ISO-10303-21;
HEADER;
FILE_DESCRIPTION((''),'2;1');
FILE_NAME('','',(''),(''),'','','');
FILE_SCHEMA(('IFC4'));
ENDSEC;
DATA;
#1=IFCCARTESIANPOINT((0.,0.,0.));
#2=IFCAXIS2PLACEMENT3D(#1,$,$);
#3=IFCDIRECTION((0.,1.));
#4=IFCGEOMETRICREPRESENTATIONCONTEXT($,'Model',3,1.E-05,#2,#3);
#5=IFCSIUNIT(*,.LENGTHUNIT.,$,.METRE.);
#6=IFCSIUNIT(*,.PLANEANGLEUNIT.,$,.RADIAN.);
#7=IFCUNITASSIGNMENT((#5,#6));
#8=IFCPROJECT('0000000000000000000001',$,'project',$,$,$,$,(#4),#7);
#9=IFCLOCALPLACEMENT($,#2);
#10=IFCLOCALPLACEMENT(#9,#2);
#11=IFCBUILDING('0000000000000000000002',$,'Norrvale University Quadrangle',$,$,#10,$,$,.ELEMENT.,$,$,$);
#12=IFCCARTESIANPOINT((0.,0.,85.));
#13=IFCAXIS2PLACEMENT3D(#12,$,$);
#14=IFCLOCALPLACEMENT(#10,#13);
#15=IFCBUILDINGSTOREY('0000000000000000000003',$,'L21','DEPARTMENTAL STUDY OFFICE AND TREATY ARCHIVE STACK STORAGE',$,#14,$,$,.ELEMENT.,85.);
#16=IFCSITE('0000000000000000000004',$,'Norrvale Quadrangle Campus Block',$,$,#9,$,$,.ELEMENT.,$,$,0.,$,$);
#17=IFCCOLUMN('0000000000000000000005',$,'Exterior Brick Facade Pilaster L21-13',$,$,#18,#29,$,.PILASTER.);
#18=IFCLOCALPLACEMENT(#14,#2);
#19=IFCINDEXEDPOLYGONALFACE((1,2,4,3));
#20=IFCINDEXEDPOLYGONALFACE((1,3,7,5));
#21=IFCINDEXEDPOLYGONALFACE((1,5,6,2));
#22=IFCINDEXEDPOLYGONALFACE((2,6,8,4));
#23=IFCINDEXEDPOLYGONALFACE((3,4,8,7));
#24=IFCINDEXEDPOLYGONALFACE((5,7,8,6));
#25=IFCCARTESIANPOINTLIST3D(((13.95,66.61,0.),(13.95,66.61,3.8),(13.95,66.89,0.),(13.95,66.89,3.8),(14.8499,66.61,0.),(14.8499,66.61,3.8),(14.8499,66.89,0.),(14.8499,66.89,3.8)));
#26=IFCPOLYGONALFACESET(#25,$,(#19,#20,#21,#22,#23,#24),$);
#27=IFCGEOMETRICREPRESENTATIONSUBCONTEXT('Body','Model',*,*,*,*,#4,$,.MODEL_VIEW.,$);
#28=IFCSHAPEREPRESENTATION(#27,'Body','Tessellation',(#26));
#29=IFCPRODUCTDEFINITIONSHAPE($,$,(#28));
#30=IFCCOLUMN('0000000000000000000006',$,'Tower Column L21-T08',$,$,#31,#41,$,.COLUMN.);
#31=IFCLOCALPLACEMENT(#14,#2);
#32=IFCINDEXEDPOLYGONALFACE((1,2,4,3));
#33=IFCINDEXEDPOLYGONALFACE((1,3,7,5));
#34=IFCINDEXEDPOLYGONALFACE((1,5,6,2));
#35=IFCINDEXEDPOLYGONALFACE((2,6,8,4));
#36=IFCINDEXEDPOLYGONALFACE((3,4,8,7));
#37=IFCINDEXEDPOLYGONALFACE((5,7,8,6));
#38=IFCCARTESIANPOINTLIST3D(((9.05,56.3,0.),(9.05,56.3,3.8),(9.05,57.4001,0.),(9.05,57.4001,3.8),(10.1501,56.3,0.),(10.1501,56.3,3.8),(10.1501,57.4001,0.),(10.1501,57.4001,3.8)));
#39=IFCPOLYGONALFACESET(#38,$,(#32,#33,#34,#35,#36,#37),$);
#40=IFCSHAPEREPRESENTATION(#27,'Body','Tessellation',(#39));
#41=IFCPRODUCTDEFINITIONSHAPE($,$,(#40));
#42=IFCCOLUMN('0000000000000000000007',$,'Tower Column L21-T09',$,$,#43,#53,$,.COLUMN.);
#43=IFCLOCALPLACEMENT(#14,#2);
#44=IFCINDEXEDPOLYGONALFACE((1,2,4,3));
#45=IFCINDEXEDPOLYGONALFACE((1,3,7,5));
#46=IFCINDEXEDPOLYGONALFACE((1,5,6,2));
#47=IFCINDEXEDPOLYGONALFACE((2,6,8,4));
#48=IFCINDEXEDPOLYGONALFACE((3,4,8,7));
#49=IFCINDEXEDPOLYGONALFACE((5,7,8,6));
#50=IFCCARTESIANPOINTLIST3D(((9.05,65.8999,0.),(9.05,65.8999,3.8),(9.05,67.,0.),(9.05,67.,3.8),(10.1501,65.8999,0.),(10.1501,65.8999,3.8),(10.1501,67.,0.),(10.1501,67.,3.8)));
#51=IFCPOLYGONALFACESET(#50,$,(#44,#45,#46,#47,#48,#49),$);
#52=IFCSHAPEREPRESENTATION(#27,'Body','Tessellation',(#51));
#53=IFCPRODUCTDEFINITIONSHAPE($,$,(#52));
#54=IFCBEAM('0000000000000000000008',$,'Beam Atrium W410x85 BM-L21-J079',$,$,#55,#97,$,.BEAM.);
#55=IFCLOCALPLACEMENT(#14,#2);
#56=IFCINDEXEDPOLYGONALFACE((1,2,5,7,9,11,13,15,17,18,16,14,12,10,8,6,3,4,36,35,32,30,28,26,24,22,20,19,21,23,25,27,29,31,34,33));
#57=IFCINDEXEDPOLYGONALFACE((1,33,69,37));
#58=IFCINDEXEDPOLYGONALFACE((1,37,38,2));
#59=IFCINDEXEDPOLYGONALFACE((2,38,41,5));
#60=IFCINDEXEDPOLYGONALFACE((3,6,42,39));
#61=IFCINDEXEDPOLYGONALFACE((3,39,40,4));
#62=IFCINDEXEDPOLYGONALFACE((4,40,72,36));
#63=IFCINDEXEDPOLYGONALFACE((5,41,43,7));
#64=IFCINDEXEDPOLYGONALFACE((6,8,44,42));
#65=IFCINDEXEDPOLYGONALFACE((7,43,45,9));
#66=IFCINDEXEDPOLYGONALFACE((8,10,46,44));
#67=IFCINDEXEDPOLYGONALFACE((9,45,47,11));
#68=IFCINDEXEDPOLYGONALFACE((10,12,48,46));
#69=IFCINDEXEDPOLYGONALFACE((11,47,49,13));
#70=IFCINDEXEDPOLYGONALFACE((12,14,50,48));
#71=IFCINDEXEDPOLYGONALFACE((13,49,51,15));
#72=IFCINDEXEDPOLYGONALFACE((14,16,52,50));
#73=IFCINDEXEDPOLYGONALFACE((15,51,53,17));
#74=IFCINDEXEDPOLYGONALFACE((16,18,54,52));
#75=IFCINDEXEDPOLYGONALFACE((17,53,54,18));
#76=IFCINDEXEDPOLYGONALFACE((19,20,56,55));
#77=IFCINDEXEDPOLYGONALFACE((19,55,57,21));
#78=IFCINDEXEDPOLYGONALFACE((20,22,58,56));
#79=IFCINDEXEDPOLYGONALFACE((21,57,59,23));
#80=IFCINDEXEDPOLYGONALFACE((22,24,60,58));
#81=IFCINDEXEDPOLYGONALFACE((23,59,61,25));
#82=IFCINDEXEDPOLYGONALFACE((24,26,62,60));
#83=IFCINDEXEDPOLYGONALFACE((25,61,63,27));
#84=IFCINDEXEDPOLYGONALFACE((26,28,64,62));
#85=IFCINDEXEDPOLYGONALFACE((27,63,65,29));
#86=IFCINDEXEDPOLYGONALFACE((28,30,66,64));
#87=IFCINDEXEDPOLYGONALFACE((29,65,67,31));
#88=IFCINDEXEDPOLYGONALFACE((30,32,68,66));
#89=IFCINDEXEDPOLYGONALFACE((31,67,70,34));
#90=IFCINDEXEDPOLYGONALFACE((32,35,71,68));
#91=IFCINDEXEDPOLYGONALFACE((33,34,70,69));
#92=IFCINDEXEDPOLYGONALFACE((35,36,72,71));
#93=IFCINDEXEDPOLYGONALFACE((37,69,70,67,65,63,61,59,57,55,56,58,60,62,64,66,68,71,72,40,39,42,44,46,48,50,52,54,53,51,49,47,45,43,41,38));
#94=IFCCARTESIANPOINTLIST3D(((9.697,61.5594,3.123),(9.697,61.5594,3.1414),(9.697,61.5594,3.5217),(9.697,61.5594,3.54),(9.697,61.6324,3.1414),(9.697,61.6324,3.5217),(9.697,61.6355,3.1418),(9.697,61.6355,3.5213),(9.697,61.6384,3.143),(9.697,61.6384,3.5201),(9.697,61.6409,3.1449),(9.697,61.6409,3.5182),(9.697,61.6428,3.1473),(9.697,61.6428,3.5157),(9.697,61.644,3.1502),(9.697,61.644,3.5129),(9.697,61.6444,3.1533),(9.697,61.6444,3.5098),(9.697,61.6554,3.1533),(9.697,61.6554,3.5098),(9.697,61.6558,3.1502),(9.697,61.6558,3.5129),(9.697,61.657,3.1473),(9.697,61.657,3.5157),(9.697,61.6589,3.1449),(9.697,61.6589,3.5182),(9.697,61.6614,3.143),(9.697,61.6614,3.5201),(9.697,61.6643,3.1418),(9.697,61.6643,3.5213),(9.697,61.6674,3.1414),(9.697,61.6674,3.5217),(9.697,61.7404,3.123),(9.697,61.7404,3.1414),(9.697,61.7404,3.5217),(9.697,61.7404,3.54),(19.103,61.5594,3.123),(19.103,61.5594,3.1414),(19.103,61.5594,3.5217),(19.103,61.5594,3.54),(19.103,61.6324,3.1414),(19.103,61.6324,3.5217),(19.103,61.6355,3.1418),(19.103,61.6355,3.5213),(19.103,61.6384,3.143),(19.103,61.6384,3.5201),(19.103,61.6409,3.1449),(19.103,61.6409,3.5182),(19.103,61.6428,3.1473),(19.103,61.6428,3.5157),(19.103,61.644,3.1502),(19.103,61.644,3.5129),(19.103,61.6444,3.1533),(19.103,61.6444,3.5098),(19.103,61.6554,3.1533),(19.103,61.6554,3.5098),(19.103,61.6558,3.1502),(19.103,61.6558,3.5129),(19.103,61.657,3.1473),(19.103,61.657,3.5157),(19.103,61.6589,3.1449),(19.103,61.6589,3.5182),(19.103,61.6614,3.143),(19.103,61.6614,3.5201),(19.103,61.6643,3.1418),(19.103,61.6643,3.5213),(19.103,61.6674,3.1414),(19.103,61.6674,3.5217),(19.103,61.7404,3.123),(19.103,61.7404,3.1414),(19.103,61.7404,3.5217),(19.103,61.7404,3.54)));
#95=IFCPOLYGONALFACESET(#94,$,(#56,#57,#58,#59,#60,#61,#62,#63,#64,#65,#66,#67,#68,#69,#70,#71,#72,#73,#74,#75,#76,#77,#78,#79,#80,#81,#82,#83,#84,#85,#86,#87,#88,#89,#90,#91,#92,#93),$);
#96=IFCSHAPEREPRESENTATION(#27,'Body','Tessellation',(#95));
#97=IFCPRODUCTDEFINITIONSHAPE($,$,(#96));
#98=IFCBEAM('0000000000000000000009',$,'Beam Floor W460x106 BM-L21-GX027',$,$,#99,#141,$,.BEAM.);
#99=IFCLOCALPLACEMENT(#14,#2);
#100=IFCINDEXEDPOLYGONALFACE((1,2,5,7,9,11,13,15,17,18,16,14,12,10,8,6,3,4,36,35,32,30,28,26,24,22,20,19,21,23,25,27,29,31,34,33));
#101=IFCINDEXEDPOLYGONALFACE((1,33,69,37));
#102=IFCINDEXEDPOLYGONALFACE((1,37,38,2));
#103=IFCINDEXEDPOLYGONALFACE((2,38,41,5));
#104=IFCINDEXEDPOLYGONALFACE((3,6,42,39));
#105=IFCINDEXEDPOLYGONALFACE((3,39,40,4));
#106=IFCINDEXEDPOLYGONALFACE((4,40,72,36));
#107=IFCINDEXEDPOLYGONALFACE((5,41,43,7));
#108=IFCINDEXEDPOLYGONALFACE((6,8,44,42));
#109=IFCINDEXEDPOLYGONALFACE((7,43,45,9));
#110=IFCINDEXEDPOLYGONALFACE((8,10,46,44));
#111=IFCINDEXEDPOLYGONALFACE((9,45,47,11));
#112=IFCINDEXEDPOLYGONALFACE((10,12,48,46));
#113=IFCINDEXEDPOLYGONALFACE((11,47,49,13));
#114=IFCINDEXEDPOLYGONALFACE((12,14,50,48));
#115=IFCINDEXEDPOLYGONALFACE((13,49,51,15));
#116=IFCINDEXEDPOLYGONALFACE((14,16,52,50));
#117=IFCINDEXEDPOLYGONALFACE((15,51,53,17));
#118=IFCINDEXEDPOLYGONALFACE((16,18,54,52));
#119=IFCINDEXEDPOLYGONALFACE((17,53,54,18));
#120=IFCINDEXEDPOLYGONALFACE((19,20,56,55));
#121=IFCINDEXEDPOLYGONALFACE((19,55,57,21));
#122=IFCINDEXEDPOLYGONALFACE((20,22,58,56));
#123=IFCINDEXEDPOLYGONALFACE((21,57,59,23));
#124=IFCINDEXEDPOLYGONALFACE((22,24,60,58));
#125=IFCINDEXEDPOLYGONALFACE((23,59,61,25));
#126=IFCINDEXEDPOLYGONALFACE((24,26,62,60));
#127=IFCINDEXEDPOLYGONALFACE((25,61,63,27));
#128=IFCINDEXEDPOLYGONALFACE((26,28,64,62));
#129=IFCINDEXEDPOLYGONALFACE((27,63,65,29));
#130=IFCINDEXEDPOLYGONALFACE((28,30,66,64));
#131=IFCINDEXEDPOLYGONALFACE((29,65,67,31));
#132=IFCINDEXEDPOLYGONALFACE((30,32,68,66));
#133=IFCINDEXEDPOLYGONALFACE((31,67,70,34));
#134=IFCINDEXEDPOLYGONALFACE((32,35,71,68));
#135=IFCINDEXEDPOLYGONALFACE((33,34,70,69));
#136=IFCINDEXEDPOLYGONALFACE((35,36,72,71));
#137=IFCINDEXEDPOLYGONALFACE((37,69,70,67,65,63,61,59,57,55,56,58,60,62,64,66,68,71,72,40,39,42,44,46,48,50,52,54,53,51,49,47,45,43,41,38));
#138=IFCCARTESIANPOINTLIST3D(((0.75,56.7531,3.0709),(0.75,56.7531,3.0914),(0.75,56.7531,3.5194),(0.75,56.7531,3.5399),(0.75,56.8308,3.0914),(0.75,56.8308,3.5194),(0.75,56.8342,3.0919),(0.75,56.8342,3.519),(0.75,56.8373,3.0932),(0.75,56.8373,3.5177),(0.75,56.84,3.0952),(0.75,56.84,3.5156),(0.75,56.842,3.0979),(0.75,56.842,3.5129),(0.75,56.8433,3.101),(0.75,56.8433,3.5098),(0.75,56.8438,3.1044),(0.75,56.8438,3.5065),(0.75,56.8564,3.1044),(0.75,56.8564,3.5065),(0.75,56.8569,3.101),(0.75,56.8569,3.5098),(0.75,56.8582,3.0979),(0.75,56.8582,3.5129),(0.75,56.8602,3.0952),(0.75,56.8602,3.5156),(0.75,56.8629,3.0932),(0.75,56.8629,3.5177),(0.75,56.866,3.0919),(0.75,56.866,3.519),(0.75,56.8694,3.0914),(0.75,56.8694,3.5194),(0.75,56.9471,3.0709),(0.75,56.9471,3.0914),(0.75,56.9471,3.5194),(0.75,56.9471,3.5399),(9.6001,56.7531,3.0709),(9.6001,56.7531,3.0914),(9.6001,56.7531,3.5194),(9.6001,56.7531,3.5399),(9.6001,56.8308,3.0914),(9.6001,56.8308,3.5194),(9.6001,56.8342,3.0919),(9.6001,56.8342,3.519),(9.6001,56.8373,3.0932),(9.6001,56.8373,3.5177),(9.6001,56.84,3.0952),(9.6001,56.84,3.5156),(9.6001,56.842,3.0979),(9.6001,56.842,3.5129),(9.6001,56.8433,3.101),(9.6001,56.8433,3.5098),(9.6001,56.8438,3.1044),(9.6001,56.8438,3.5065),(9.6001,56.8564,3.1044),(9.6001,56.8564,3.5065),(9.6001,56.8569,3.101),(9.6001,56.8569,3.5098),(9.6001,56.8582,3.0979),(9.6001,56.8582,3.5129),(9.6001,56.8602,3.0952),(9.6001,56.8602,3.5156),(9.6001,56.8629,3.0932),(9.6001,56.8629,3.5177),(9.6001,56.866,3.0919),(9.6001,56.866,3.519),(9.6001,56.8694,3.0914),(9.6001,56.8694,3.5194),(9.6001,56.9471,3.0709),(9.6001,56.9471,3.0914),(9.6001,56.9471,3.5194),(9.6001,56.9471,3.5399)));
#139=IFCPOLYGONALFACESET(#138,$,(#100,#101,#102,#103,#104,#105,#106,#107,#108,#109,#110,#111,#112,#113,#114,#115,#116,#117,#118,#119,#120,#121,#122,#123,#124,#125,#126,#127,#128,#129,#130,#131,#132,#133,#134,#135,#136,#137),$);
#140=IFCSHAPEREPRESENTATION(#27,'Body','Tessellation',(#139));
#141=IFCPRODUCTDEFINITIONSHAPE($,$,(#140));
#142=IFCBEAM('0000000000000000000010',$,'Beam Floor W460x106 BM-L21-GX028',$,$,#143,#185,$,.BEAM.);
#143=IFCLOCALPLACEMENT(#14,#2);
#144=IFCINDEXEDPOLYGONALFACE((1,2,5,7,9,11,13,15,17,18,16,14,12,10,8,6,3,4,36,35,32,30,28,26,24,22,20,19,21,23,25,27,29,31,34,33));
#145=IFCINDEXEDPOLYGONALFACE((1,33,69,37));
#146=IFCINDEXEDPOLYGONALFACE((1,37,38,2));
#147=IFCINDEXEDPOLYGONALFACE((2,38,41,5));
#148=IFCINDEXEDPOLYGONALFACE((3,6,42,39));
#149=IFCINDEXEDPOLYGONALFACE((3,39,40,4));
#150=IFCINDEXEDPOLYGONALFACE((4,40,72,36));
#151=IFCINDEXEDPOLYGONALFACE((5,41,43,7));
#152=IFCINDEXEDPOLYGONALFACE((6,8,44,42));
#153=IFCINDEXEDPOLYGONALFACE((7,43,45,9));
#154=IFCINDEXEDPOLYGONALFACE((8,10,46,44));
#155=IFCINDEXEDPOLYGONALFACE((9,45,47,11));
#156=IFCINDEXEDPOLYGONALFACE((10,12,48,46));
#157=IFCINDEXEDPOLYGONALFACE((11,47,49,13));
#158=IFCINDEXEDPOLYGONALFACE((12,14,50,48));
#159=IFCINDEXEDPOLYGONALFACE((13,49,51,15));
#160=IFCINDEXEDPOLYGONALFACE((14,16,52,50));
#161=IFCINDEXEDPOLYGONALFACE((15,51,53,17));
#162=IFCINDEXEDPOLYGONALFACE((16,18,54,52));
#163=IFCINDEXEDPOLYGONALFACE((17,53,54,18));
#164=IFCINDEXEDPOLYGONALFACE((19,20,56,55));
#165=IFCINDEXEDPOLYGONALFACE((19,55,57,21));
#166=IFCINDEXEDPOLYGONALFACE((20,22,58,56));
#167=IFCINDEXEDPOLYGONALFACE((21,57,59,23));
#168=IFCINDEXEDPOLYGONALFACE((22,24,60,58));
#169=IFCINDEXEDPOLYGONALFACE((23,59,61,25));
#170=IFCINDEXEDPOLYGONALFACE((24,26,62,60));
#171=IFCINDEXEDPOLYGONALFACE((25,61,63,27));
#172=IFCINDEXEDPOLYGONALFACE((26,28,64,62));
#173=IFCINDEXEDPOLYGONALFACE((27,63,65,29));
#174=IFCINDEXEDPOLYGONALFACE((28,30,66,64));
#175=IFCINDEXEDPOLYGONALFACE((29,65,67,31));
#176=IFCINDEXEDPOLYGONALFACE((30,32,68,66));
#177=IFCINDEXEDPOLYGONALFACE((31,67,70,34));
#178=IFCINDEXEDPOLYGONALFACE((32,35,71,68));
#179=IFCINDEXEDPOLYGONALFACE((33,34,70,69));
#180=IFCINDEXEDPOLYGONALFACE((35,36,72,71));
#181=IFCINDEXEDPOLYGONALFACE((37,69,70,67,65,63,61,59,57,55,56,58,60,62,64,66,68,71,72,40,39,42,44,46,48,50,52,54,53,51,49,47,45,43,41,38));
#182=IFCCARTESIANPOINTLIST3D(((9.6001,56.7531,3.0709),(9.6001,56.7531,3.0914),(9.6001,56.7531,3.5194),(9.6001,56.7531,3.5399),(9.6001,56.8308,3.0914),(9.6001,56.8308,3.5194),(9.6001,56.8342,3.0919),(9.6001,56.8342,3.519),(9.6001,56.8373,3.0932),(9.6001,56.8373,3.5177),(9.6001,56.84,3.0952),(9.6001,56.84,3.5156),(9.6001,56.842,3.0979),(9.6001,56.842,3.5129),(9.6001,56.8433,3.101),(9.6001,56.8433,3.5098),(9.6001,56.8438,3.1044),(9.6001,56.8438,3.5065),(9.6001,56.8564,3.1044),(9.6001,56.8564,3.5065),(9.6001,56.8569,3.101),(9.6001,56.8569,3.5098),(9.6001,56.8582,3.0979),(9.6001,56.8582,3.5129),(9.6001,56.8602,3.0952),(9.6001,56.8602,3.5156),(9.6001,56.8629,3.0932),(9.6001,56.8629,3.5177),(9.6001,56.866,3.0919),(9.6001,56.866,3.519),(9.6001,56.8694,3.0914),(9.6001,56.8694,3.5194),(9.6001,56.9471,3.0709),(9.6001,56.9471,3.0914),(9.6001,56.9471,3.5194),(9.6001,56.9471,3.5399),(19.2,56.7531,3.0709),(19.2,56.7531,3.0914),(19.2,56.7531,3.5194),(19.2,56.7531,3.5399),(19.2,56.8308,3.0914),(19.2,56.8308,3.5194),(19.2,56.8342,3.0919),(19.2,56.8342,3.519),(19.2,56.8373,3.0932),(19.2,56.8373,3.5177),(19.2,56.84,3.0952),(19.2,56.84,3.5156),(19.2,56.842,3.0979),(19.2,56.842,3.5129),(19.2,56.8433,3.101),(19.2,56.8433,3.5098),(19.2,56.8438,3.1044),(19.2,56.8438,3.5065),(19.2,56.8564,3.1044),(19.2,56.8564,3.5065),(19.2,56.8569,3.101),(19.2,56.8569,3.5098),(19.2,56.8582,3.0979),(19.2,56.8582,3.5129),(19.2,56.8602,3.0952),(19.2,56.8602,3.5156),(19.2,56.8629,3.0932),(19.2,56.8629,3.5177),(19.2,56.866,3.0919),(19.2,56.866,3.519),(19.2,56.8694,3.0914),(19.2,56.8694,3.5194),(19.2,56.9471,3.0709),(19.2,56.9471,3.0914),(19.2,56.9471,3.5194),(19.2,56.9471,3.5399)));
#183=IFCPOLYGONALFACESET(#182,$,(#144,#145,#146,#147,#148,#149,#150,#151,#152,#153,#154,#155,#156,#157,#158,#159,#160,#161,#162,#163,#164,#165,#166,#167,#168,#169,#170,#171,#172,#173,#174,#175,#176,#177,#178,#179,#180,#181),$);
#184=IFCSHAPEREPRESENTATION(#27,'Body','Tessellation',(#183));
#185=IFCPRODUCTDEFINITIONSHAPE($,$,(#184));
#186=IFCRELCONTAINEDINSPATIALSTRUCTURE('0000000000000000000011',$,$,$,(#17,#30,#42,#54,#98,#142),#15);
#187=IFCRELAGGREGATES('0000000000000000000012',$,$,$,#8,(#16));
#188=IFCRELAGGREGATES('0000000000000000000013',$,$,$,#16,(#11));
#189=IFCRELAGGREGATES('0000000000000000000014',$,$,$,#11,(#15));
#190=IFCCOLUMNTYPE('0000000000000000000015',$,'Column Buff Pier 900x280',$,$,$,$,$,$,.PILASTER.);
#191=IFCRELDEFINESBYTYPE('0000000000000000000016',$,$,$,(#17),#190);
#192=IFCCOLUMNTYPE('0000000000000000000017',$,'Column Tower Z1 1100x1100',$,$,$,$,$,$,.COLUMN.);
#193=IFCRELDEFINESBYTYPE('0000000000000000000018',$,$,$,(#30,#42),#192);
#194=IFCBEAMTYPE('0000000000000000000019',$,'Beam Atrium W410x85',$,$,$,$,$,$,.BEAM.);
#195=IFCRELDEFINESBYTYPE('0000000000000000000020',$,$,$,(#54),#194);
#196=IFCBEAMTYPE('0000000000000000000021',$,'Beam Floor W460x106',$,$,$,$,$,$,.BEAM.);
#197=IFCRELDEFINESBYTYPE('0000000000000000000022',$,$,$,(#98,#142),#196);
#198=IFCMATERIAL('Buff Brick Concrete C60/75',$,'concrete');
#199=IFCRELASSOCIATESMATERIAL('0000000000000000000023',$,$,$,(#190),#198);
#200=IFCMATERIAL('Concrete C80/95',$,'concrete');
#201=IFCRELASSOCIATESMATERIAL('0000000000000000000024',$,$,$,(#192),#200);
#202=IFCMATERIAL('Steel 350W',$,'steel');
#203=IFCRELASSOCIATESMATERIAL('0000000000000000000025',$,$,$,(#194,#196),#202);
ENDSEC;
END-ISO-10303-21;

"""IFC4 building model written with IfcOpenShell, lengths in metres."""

from ifc_helpers import new_model, si_unit, direction, frame, origin, origin_2d, place, context, subcontext, project, spatial, rectangle, i_section, extrude, material, material_profile, profile_set, type_object, element, save


model = new_model("IFC4")

# Units and contexts
model_context = context("Model", 3, precision=1e-05, world=origin(), true_north=direction((0.0, 1.0)))
body_context = subcontext(model_context, "Body", "Model", "MODEL_VIEW")
ifc_project = project(units=[si_unit("LENGTHUNIT", "METRE"), si_unit("PLANEANGLEUNIT", "RADIAN")], contexts=[model_context])

# Site, building, storey
site_placement = place(None, origin())
site = spatial("IfcSite", under=ifc_project, at=site_placement, Name="Norrvale Quadrangle Campus Block", CompositionType="ELEMENT", RefElevation=0.0)
building_placement = place(site_placement, origin())
building = spatial("IfcBuilding", under=site, at=building_placement, Name="Norrvale University Quadrangle", CompositionType="ELEMENT")
storey_placement = place(building_placement, frame((0.0, 0.0, 85.0)))
storey = spatial("IfcBuildingStorey", under=building, at=storey_placement, Name="L21", Description="DEPARTMENTAL STUDY OFFICE AND TREATY ARCHIVE STACK STORAGE", CompositionType="ELEMENT", Elevation=85.0)

# Columns
ifc_material_1 = material(Name="Buff Brick Concrete C60/75", Category="concrete")
ifc_material_profile_1 = material_profile(ifc_material_1, rectangle(XDim=0.8999, YDim=0.28, at=origin_2d()), Name="Buff Brick Concrete C60/75")
ifc_profile_set_1 = profile_set([ifc_material_profile_1], Name="Buff Brick Concrete C60/75")
column_type_1 = type_object("IfcColumnType", Name="Column Buff Pier 900x280", PredefinedType="PILASTER", material=ifc_profile_set_1)
column_placement = place(storey_placement, frame((14.3999, 66.75, 0.0), z_axis=(0.0, 0.0, 1.0), x_axis=(1.0, 0.0, 0.0)))
element("IfcColumn", 1, at=column_placement, inside=storey, type_object=column_type_1, Name="Exterior Brick Facade Pilaster L21-13", PredefinedType="PILASTER", context=body_context, shape_type="SweptSolid", body=[
    extrude(rectangle(XDim=0.8999, YDim=0.28, at=origin_2d()), origin(), (0.0, 0.0, 1.0), 3.8),
])
ifc_material_2 = material(Name="Concrete C80/95", Category="concrete")
ifc_material_profile_2 = material_profile(ifc_material_2, rectangle(XDim=1.1001, YDim=1.1001, at=origin_2d()), Name="Concrete C80/95")
ifc_profile_set_2 = profile_set([ifc_material_profile_2], Name="Concrete C80/95")
column_type_2 = type_object("IfcColumnType", Name="Column Tower Z1 1100x1100", PredefinedType="COLUMN", material=ifc_profile_set_2)
for number, where, z_axis, x_axis, name in (
    (2, (9.6001, 56.8501, 0.0), (0.0, 0.0, 1.0), (1.0, 0.0, 0.0), "Tower Column L21-T08"),
    (3, (9.6001, 66.45, 0.0), (0.0, 0.0, 1.0), (1.0, 0.0, 0.0), "Tower Column L21-T09"),
):
    element("IfcColumn", number, at=place(storey_placement, frame(where, z_axis=z_axis, x_axis=x_axis)), inside=storey, type_object=column_type_2, Name=name, PredefinedType="COLUMN", context=body_context, shape_type="SweptSolid", body=[
        extrude(rectangle(XDim=1.1001, YDim=1.1001, at=origin_2d()), origin(), (0.0, 0.0, 1.0), 3.8),
    ])

# Beams
ifc_material_3 = material(Name="Steel 350W", Category="steel")
ifc_material_profile_3 = material_profile(ifc_material_3, i_section(OverallWidth=0.1809, OverallDepth=0.417, WebThickness=0.011, FlangeThickness=0.0183, FilletRadius=0.012, at=origin_2d()), Name="Steel 350W")
ifc_profile_set_3 = profile_set([ifc_material_profile_3], Name="Steel 350W")
beam_type_1 = type_object("IfcBeamType", Name="Beam Atrium W410x85", PredefinedType="BEAM", material=ifc_profile_set_3)
beam_1_placement = place(storey_placement, frame((9.697, 61.6499, 3.3315), z_axis=(1.0, 0.0, 0.0), x_axis=(0.0, 1.0, 0.0)))
element("IfcBeam", 4, at=beam_1_placement, inside=storey, type_object=beam_type_1, Name="Beam Atrium W410x85 BM-L21-J079", PredefinedType="BEAM", context=body_context, shape_type="SweptSolid", body=[
    extrude(i_section(OverallWidth=0.1809, OverallDepth=0.417, WebThickness=0.011, FlangeThickness=0.0183, FilletRadius=0.012, at=origin_2d()), origin(), (0.0, 0.0, 1.0), 9.406),
])
ifc_material_profile_4 = material_profile(ifc_material_3, i_section(OverallWidth=0.1941, OverallDepth=0.469, WebThickness=0.0127, FlangeThickness=0.0205, FilletRadius=0.0129, at=origin_2d()), Name="Steel 350W")
ifc_profile_set_4 = profile_set([ifc_material_profile_4], Name="Steel 350W")
beam_type_2 = type_object("IfcBeamType", Name="Beam Floor W460x106", PredefinedType="BEAM", material=ifc_profile_set_4)
beam_2_placement = place(storey_placement, frame((0.75, 56.8501, 3.3054), z_axis=(1.0, 0.0, 0.0), x_axis=(0.0, 1.0, 0.0)))
element("IfcBeam", 5, at=beam_2_placement, inside=storey, type_object=beam_type_2, Name="Beam Floor W460x106 BM-L21-GX027", PredefinedType="BEAM", context=body_context, shape_type="SweptSolid", body=[
    extrude(i_section(OverallWidth=0.1941, OverallDepth=0.469, WebThickness=0.0127, FlangeThickness=0.0205, FilletRadius=0.0129, at=origin_2d()), origin(), (0.0, 0.0, 1.0), 8.8501),
])
for number, where, z_axis, x_axis, name in (
    (6, (9.6001, 56.8501, 3.3054), (1.0, 0.0, 0.0), (0.0, 1.0, 0.0), "Beam Floor W460x106 BM-L21-GX028"),
):
    element("IfcBeam", number, at=place(storey_placement, frame(where, z_axis=z_axis, x_axis=x_axis)), inside=storey, type_object=beam_type_2, Name=name, PredefinedType="BEAM", context=body_context, shape_type="SweptSolid", body=[
        extrude(i_section(OverallWidth=0.1941, OverallDepth=0.469, WebThickness=0.0127, FlangeThickness=0.0205, FilletRadius=0.0129, at=origin_2d()), origin(), (0.0, 0.0, 1.0), 9.5999),
    ])

save(model, "model.ifc")
